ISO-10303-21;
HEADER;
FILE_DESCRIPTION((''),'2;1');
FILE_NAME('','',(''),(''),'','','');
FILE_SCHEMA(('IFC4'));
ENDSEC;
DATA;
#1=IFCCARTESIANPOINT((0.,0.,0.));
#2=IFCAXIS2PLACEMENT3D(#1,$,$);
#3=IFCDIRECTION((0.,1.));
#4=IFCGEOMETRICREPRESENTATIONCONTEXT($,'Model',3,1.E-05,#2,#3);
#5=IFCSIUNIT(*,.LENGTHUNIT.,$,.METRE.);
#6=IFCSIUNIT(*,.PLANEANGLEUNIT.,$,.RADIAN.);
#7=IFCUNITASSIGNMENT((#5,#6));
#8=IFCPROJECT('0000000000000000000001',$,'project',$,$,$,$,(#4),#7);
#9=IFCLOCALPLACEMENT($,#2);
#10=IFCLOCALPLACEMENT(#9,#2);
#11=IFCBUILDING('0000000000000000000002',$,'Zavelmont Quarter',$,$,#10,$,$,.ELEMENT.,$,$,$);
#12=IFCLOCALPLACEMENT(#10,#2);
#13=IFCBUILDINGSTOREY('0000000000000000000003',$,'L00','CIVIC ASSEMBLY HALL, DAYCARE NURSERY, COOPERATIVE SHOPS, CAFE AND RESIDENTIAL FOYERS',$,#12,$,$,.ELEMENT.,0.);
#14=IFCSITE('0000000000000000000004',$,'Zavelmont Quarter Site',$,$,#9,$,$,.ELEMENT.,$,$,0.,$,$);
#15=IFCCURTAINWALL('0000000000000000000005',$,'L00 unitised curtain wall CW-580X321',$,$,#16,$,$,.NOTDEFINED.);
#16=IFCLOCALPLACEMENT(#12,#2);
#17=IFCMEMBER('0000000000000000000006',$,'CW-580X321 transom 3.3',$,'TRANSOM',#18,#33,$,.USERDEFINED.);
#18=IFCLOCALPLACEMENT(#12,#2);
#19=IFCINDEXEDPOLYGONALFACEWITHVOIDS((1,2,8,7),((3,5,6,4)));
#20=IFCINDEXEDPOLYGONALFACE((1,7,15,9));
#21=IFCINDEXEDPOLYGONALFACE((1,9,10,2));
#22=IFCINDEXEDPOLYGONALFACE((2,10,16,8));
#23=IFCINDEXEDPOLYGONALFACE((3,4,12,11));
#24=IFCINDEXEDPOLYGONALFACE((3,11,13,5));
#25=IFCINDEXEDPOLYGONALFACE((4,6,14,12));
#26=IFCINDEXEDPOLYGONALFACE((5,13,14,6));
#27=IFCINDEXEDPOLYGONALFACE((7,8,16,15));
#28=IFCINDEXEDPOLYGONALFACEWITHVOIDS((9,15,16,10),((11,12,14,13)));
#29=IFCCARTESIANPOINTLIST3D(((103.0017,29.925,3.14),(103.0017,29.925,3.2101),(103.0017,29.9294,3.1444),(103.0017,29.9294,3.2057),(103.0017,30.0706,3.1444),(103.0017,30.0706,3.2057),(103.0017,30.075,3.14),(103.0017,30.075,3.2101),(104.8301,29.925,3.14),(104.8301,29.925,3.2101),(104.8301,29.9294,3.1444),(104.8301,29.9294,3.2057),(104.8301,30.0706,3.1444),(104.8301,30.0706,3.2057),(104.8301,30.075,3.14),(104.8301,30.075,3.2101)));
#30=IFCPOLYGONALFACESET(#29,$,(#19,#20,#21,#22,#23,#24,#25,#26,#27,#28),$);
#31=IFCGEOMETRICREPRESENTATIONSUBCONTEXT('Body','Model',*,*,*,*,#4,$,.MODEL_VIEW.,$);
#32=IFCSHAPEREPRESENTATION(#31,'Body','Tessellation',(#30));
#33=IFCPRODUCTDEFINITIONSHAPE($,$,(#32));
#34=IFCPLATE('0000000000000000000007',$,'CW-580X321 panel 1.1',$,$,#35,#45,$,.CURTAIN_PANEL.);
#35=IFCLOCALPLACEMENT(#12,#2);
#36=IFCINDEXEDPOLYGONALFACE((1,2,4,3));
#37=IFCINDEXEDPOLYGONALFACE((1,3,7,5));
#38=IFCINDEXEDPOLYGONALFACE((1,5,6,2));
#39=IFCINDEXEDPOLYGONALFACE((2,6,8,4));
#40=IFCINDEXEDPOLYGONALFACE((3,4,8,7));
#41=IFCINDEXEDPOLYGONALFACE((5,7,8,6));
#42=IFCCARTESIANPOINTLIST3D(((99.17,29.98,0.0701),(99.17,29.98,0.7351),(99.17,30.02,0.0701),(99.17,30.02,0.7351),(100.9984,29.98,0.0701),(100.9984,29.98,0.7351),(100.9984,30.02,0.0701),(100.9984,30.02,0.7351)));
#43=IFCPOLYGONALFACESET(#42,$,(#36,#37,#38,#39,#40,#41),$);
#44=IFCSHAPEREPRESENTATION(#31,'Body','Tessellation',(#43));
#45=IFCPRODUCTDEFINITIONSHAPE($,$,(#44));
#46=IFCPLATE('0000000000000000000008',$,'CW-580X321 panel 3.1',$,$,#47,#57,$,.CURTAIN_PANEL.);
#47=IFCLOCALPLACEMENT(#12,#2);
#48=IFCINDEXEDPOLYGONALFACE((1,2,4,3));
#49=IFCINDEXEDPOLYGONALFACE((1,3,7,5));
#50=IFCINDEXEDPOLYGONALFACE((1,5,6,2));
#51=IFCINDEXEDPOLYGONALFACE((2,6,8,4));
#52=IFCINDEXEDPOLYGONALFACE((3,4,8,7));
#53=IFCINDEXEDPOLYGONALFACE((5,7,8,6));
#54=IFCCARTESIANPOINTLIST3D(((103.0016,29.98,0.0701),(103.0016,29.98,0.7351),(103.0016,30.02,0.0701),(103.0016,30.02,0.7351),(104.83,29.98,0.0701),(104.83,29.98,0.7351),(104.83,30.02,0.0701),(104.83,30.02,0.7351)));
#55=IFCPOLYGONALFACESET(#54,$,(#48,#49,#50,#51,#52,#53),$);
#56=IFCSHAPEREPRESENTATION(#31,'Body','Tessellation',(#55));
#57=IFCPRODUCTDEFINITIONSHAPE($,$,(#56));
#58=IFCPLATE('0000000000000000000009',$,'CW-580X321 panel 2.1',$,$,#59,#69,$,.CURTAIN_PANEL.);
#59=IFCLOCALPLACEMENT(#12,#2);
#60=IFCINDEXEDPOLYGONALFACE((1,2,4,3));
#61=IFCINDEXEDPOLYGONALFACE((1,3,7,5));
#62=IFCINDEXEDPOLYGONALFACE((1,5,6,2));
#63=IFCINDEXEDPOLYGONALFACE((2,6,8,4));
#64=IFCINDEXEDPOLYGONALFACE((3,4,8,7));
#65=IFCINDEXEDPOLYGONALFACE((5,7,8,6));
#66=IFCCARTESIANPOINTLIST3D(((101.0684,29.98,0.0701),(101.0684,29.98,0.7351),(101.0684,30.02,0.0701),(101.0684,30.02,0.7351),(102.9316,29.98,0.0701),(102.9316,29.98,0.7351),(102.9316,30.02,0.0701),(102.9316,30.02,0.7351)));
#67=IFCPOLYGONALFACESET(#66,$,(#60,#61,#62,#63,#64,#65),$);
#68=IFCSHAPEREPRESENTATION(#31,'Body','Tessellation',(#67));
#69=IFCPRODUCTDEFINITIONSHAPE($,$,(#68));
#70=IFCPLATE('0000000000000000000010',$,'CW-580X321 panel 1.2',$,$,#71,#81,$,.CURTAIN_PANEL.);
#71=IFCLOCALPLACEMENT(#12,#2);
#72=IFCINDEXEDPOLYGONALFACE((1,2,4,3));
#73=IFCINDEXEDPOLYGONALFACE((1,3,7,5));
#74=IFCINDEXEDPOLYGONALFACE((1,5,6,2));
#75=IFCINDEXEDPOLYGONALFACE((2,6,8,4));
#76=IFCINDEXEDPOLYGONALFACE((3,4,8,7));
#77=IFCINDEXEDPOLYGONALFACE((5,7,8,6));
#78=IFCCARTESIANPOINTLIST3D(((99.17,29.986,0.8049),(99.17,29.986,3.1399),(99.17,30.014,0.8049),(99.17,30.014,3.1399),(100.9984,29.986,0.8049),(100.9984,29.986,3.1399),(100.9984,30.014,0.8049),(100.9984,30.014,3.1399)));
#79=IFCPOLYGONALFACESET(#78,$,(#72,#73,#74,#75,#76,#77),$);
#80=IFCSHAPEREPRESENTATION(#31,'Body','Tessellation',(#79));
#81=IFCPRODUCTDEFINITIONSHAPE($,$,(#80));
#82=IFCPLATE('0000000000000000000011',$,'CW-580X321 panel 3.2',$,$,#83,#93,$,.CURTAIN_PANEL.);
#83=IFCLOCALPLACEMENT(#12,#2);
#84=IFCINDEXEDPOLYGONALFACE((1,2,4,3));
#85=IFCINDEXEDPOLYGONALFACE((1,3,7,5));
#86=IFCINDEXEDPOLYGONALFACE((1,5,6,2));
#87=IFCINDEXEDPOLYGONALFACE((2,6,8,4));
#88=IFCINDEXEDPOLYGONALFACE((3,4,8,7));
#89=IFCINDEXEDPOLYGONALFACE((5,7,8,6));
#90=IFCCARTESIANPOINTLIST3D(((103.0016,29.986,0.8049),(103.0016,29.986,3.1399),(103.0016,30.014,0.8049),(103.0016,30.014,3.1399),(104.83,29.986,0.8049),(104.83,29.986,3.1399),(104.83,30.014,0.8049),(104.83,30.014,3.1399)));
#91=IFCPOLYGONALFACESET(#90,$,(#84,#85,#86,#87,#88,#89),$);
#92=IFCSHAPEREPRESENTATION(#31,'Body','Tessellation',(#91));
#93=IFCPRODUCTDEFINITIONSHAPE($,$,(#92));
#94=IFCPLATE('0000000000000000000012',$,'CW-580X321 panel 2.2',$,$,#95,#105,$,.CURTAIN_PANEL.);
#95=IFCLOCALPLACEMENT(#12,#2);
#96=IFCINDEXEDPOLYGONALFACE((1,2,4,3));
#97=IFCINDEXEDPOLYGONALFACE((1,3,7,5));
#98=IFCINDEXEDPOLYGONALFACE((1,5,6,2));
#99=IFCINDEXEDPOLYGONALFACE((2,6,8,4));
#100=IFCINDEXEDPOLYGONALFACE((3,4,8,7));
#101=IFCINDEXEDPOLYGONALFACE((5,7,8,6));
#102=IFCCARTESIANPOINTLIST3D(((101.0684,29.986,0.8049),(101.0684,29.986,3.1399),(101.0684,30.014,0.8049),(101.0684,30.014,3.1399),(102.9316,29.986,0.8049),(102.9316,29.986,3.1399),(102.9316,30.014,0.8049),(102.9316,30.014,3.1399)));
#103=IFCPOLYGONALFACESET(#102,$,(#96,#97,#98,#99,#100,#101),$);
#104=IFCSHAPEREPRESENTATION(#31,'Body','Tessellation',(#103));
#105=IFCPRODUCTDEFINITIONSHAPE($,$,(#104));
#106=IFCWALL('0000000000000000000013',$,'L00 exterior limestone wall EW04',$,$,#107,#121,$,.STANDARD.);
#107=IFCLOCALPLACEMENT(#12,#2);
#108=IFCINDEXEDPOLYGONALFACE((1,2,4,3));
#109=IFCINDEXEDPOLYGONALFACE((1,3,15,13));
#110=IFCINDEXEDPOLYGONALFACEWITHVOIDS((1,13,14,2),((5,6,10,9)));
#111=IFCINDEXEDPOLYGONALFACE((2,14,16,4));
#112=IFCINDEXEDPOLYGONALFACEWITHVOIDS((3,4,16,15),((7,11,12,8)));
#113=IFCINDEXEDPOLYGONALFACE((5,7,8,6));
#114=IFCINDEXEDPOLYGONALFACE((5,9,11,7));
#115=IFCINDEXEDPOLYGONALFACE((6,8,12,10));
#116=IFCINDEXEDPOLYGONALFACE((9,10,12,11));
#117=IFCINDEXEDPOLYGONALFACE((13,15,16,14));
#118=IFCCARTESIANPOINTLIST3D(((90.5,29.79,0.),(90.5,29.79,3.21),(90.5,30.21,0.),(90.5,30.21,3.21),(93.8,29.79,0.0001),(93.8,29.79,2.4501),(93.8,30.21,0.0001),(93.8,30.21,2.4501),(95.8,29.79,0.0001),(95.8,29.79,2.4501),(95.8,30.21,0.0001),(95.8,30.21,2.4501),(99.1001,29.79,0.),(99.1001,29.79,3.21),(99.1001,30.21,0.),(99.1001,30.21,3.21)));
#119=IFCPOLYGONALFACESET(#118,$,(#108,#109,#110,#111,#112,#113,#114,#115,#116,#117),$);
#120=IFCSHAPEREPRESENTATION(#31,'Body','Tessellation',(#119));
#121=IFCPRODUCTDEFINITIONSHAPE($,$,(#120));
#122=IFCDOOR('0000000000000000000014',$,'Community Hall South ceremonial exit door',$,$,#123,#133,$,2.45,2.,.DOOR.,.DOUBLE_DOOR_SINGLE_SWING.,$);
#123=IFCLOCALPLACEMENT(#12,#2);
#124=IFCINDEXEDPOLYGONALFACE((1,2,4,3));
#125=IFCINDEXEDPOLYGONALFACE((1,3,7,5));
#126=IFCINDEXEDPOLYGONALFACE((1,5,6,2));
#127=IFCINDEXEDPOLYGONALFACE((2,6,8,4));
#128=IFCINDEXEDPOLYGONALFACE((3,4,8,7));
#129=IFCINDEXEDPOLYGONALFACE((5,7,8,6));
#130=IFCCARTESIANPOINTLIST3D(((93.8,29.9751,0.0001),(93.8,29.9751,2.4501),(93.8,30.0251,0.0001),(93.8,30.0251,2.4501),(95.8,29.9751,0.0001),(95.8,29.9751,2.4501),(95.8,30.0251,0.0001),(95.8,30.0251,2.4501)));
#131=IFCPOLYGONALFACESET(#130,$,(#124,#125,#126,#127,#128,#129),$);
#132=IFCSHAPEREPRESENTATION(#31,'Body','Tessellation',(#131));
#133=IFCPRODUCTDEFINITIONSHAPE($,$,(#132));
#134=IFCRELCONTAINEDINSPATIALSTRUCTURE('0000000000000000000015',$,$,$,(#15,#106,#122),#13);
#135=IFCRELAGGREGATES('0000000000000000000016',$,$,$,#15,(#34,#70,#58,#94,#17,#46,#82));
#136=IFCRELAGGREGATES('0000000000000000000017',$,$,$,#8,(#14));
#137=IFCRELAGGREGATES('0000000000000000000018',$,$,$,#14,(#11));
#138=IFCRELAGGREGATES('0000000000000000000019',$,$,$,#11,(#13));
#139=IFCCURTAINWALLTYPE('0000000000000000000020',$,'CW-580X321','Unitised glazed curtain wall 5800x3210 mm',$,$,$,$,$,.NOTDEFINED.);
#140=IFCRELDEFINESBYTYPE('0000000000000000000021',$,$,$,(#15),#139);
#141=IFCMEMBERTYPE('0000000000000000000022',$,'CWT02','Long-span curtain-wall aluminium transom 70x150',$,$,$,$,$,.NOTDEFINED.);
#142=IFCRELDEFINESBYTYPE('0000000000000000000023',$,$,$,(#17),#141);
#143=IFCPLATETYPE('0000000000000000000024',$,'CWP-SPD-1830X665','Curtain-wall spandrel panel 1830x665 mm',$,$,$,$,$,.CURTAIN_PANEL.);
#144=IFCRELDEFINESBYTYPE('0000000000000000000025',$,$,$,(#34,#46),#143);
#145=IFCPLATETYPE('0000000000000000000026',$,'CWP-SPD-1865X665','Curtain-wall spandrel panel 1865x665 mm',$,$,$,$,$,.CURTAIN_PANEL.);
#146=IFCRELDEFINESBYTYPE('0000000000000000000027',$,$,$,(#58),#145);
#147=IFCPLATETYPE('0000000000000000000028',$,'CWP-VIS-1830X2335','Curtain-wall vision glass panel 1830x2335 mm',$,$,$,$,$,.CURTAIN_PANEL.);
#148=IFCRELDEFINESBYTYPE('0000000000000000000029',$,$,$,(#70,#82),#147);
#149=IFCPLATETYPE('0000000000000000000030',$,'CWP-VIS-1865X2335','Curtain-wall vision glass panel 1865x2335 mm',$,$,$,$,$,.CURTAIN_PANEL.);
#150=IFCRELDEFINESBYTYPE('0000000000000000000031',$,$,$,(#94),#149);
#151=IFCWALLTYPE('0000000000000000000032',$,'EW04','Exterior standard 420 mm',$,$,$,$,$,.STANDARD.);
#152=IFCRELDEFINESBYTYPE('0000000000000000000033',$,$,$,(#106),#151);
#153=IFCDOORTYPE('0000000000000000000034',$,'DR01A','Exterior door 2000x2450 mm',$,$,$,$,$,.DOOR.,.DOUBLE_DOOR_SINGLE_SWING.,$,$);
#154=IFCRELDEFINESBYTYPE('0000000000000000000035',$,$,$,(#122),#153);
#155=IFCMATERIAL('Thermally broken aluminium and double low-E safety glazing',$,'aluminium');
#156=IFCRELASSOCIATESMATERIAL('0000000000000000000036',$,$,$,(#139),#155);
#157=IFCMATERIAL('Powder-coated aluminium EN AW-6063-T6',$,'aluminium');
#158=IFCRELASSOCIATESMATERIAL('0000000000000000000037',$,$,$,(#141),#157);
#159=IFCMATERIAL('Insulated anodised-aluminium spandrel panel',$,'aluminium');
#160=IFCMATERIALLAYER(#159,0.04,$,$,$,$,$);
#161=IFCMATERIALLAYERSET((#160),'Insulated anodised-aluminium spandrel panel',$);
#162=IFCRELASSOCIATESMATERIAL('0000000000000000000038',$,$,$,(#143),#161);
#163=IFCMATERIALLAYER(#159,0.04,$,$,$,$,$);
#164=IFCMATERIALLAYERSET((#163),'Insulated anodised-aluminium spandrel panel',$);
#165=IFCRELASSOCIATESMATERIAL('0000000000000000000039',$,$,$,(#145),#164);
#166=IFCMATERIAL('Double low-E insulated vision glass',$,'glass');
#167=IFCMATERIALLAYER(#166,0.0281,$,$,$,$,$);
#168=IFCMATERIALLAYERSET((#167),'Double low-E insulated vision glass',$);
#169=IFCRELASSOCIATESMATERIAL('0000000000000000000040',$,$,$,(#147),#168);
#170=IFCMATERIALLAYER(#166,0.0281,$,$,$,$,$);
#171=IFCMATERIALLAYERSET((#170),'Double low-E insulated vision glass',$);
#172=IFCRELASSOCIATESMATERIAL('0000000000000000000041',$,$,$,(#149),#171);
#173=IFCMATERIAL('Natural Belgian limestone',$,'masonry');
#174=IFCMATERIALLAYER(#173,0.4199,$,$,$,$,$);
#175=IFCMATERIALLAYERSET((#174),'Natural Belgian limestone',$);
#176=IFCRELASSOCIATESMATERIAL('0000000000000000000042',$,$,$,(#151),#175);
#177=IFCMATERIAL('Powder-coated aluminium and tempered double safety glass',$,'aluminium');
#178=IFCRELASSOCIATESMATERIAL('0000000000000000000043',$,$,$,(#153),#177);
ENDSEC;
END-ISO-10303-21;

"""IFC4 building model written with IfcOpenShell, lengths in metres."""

from ifc_helpers import new_model, si_unit, direction, frame, frame_2d, origin, origin_2d, place, context, subcontext, project, spatial, rectangle, hollow_rectangle, extrude, material, layer, layer_set, material_profile, profile_set, type_object, element, fill, aggregate, save


model = new_model("IFC4")

# Units and contexts
model_context = context("Model", 3, precision=1e-05, world=origin(), true_north=direction((0.0, 1.0)))
body_context = subcontext(model_context, "Body", "Model", "MODEL_VIEW")
ifc_project = project(units=[si_unit("LENGTHUNIT", "METRE"), si_unit("PLANEANGLEUNIT", "RADIAN")], contexts=[model_context])

# Site, building, storey
site_placement = place(None, origin())
site = spatial("IfcSite", under=ifc_project, at=site_placement, Name="Zavelmont Quarter Site", CompositionType="ELEMENT", RefElevation=0.0)
building_placement = place(site_placement, origin())
building = spatial("IfcBuilding", under=site, at=building_placement, Name="Zavelmont Quarter", CompositionType="ELEMENT")
storey_placement = place(building_placement, origin())
storey = spatial("IfcBuildingStorey", under=building, at=storey_placement, Name="L00", Description="CIVIC ASSEMBLY HALL, DAYCARE NURSERY, COOPERATIVE SHOPS, CAFE AND RESIDENTIAL FOYERS", CompositionType="ELEMENT", Elevation=0.0)

# Shared definitions
ifc_material_1 = material(Name="Thermally broken aluminium and double low-E safety glazing", Category="aluminium")
curtain_wall_type = type_object("IfcCurtainWallType", Name="CW-580X321", Description="Unitised glazed curtain wall 5800x3210 mm", PredefinedType="NOTDEFINED", material=ifc_material_1)
ifc_material_2 = material(Name="Powder-coated aluminium EN AW-6063-T6", Category="aluminium")

# Curtain wall, member, plates
curtain_wall_1_placement = place(storey_placement, origin())
curtain_wall_1 = element("IfcCurtainWall", 1, at=curtain_wall_1_placement, inside=storey, type_object=curtain_wall_type, Name="L00 unitised curtain wall CW-580X321", PredefinedType="NOTDEFINED")
ifc_material_profile_1 = material_profile(ifc_material_2, hollow_rectangle(XDim=0.1499, YDim=0.0701, WallThickness=0.0044, at=origin_2d()), Name="CWT70X150")
ifc_profile_set_1 = profile_set([ifc_material_profile_1], Name="Powder-coated aluminium EN AW-6063-T6")
member_type_1 = type_object("IfcMemberType", Name="CWT02", Description="Long-span curtain-wall aluminium transom 70x150", PredefinedType="NOTDEFINED", material=ifc_profile_set_1)
member_1_placement = place(storey_placement, frame((103.0017, 30.0, 3.175), z_axis=(1.0, 0.0, 0.0), x_axis=(0.0, 1.0, 0.0)))
member_1 = element("IfcMember", 2, at=member_1_placement, type_object=member_type_1, Name="CW-580X321 transom 3.3", ObjectType="TRANSOM", PredefinedType="USERDEFINED", context=body_context, shape_type="SweptSolid", body=[
    extrude(hollow_rectangle(XDim=0.1499, YDim=0.0701, WallThickness=0.0044, at=origin_2d()), origin(), (0.0, 0.0, 1.0), 1.8284),
])
ifc_material_3 = material(Name="Insulated anodised-aluminium spandrel panel", Category="aluminium")
ifc_layer_1 = layer(ifc_material_3, 0.04)
ifc_layer_set_1 = layer_set([ifc_layer_1], Name="Insulated anodised-aluminium spandrel panel")
plate_type_1 = type_object("IfcPlateType", Name="CWP-SPD-1830X665", Description="Curtain-wall spandrel panel 1830x665 mm", PredefinedType="CURTAIN_PANEL", material=ifc_layer_set_1)
plate_1_placement = place(storey_placement, frame((100.0842, 30.0, 0.0701), z_axis=(0.0, 0.0, 1.0), x_axis=(1.0, 0.0, 0.0)))
plate_1 = element("IfcPlate", 3, at=plate_1_placement, type_object=plate_type_1, Name="CW-580X321 panel 1.1", PredefinedType="CURTAIN_PANEL", context=body_context, shape_type="SweptSolid", body=[
    extrude(rectangle(XDim=1.8284, YDim=0.04, at=origin_2d()), origin(), (0.0, 0.0, 1.0), 0.665),
])
plate_2_placement = place(storey_placement, frame((103.9158, 30.0, 0.0701), z_axis=(0.0, 0.0, 1.0), x_axis=(1.0, 0.0, 0.0)))
plate_2 = element("IfcPlate", 4, at=plate_2_placement, type_object=plate_type_1, Name="CW-580X321 panel 3.1", PredefinedType="CURTAIN_PANEL", context=body_context, shape_type="SweptSolid", body=[
    extrude(rectangle(XDim=1.8284, YDim=0.04, at=origin_2d()), origin(), (0.0, 0.0, 1.0), 0.665),
])
ifc_layer_2 = layer(ifc_material_3, 0.04)
ifc_layer_set_2 = layer_set([ifc_layer_2], Name="Insulated anodised-aluminium spandrel panel")
plate_type_2 = type_object("IfcPlateType", Name="CWP-SPD-1865X665", Description="Curtain-wall spandrel panel 1865x665 mm", PredefinedType="CURTAIN_PANEL", material=ifc_layer_set_2)
plate_3_placement = place(storey_placement, frame((102.0, 30.0, 0.0701), z_axis=(0.0, 0.0, 1.0), x_axis=(1.0, 0.0, 0.0)))
plate_3 = element("IfcPlate", 5, at=plate_3_placement, type_object=plate_type_2, Name="CW-580X321 panel 2.1", PredefinedType="CURTAIN_PANEL", context=body_context, shape_type="SweptSolid", body=[
    extrude(rectangle(XDim=1.8633, YDim=0.04, at=origin_2d()), origin(), (0.0, 0.0, 1.0), 0.665),
])
ifc_material_4 = material(Name="Double low-E insulated vision glass", Category="glass")
ifc_layer_3 = layer(ifc_material_4, 0.0281)
ifc_layer_set_3 = layer_set([ifc_layer_3], Name="Double low-E insulated vision glass")
plate_type_3 = type_object("IfcPlateType", Name="CWP-VIS-1830X2335", Description="Curtain-wall vision glass panel 1830x2335 mm", PredefinedType="CURTAIN_PANEL", material=ifc_layer_set_3)
plate_4_placement = place(storey_placement, frame((100.0842, 30.0, 0.8049), z_axis=(0.0, 0.0, 1.0), x_axis=(1.0, 0.0, 0.0)))
plate_4 = element("IfcPlate", 6, at=plate_4_placement, type_object=plate_type_3, Name="CW-580X321 panel 1.2", PredefinedType="CURTAIN_PANEL", context=body_context, shape_type="SweptSolid", body=[
    extrude(rectangle(XDim=1.8284, YDim=0.0281, at=origin_2d()), origin(), (0.0, 0.0, 1.0), 2.335),
])
plate_5_placement = place(storey_placement, frame((103.9158, 30.0, 0.8049), z_axis=(0.0, 0.0, 1.0), x_axis=(1.0, 0.0, 0.0)))
plate_5 = element("IfcPlate", 7, at=plate_5_placement, type_object=plate_type_3, Name="CW-580X321 panel 3.2", PredefinedType="CURTAIN_PANEL", context=body_context, shape_type="SweptSolid", body=[
    extrude(rectangle(XDim=1.8284, YDim=0.0281, at=origin_2d()), origin(), (0.0, 0.0, 1.0), 2.335),
])
ifc_layer_4 = layer(ifc_material_4, 0.0281)
ifc_layer_set_4 = layer_set([ifc_layer_4], Name="Double low-E insulated vision glass")
plate_type_4 = type_object("IfcPlateType", Name="CWP-VIS-1865X2335", Description="Curtain-wall vision glass panel 1865x2335 mm", PredefinedType="CURTAIN_PANEL", material=ifc_layer_set_4)
plate_6_placement = place(storey_placement, frame((102.0, 30.0, 0.8049), z_axis=(0.0, 0.0, 1.0), x_axis=(1.0, 0.0, 0.0)))
plate_6 = element("IfcPlate", 8, at=plate_6_placement, type_object=plate_type_4, Name="CW-580X321 panel 2.2", PredefinedType="CURTAIN_PANEL", context=body_context, shape_type="SweptSolid", body=[
    extrude(rectangle(XDim=1.8633, YDim=0.0281, at=origin_2d()), origin(), (0.0, 0.0, 1.0), 2.335),
])
aggregate(curtain_wall_1, [plate_1, plate_4, plate_3, plate_6, member_1, plate_2, plate_5])

# Wall, opening, door
ifc_material_5 = material(Name="Natural Belgian limestone", Category="masonry")
ifc_layer_5 = layer(ifc_material_5, 0.4199)
ifc_layer_set_5 = layer_set([ifc_layer_5], Name="Natural Belgian limestone")
wall_type = type_object("IfcWallType", Name="EW04", Description="Exterior standard 420 mm", PredefinedType="STANDARD", material=ifc_layer_set_5)
wall_placement = place(storey_placement, frame((90.5, 30.0, 0.0), z_axis=(0.0, 0.0, 1.0), x_axis=(1.0, 0.0, 0.0)))
wall = element("IfcWall", 9, at=wall_placement, inside=storey, type_object=wall_type, Name="L00 exterior limestone wall EW04", PredefinedType="STANDARD", context=body_context, shape_type="SweptSolid", body=[
    extrude(rectangle(XDim=8.6001, YDim=0.4199, at=frame_2d((4.3, 0.0))), origin(), (0.0, 0.0, 1.0), 3.21),
])
opening_placement = place(wall_placement, frame((3.3, 0.0, 0.0)))
opening = element("IfcOpeningElement", 10, at=opening_placement, cuts=wall, PredefinedType="OPENING", context=body_context, shape_type="SweptSolid", body=[
    extrude(rectangle(XDim=2.0, YDim=2.45, at=frame_2d((1.0, 1.2251))), frame((0.0, 0.2219, 0.0), z_axis=(0.0, -1.0, 0.0), x_axis=(1.0, 0.0, 0.0)), (0.0, 0.0, 1.0), 0.4438),
])
ifc_material_6 = material(Name="Powder-coated aluminium and tempered double safety glass", Category="aluminium")
door_type = type_object("IfcDoorType", Name="DR01A", Description="Exterior door 2000x2450 mm", OperationType="DOUBLE_DOOR_SINGLE_SWING", PredefinedType="DOOR", material=ifc_material_6)
door_placement = place(opening_placement, frame((2.0, 0.0, 0.0), z_axis=(0.0, 0.0, 1.0), x_axis=(-1.0, 0.0, 0.0)))
door = element("IfcDoor", 11, at=door_placement, inside=storey, type_object=door_type, Name="Community Hall South ceremonial exit door", OperationType="DOUBLE_DOOR_SINGLE_SWING", OverallHeight=2.45, OverallWidth=2.0, PredefinedType="DOOR", context=body_context, shape_type="SweptSolid", body=[
    extrude(rectangle(XDim=2.0, YDim=2.45, at=frame_2d((1.0, 1.2251))), frame((0.0, 0.0249, 0.0), z_axis=(0.0, -1.0, 0.0), x_axis=(1.0, 0.0, 0.0)), (0.0, 0.0, 1.0), 0.05),
])
fill(opening, door)

save(model, "model.ifc")
